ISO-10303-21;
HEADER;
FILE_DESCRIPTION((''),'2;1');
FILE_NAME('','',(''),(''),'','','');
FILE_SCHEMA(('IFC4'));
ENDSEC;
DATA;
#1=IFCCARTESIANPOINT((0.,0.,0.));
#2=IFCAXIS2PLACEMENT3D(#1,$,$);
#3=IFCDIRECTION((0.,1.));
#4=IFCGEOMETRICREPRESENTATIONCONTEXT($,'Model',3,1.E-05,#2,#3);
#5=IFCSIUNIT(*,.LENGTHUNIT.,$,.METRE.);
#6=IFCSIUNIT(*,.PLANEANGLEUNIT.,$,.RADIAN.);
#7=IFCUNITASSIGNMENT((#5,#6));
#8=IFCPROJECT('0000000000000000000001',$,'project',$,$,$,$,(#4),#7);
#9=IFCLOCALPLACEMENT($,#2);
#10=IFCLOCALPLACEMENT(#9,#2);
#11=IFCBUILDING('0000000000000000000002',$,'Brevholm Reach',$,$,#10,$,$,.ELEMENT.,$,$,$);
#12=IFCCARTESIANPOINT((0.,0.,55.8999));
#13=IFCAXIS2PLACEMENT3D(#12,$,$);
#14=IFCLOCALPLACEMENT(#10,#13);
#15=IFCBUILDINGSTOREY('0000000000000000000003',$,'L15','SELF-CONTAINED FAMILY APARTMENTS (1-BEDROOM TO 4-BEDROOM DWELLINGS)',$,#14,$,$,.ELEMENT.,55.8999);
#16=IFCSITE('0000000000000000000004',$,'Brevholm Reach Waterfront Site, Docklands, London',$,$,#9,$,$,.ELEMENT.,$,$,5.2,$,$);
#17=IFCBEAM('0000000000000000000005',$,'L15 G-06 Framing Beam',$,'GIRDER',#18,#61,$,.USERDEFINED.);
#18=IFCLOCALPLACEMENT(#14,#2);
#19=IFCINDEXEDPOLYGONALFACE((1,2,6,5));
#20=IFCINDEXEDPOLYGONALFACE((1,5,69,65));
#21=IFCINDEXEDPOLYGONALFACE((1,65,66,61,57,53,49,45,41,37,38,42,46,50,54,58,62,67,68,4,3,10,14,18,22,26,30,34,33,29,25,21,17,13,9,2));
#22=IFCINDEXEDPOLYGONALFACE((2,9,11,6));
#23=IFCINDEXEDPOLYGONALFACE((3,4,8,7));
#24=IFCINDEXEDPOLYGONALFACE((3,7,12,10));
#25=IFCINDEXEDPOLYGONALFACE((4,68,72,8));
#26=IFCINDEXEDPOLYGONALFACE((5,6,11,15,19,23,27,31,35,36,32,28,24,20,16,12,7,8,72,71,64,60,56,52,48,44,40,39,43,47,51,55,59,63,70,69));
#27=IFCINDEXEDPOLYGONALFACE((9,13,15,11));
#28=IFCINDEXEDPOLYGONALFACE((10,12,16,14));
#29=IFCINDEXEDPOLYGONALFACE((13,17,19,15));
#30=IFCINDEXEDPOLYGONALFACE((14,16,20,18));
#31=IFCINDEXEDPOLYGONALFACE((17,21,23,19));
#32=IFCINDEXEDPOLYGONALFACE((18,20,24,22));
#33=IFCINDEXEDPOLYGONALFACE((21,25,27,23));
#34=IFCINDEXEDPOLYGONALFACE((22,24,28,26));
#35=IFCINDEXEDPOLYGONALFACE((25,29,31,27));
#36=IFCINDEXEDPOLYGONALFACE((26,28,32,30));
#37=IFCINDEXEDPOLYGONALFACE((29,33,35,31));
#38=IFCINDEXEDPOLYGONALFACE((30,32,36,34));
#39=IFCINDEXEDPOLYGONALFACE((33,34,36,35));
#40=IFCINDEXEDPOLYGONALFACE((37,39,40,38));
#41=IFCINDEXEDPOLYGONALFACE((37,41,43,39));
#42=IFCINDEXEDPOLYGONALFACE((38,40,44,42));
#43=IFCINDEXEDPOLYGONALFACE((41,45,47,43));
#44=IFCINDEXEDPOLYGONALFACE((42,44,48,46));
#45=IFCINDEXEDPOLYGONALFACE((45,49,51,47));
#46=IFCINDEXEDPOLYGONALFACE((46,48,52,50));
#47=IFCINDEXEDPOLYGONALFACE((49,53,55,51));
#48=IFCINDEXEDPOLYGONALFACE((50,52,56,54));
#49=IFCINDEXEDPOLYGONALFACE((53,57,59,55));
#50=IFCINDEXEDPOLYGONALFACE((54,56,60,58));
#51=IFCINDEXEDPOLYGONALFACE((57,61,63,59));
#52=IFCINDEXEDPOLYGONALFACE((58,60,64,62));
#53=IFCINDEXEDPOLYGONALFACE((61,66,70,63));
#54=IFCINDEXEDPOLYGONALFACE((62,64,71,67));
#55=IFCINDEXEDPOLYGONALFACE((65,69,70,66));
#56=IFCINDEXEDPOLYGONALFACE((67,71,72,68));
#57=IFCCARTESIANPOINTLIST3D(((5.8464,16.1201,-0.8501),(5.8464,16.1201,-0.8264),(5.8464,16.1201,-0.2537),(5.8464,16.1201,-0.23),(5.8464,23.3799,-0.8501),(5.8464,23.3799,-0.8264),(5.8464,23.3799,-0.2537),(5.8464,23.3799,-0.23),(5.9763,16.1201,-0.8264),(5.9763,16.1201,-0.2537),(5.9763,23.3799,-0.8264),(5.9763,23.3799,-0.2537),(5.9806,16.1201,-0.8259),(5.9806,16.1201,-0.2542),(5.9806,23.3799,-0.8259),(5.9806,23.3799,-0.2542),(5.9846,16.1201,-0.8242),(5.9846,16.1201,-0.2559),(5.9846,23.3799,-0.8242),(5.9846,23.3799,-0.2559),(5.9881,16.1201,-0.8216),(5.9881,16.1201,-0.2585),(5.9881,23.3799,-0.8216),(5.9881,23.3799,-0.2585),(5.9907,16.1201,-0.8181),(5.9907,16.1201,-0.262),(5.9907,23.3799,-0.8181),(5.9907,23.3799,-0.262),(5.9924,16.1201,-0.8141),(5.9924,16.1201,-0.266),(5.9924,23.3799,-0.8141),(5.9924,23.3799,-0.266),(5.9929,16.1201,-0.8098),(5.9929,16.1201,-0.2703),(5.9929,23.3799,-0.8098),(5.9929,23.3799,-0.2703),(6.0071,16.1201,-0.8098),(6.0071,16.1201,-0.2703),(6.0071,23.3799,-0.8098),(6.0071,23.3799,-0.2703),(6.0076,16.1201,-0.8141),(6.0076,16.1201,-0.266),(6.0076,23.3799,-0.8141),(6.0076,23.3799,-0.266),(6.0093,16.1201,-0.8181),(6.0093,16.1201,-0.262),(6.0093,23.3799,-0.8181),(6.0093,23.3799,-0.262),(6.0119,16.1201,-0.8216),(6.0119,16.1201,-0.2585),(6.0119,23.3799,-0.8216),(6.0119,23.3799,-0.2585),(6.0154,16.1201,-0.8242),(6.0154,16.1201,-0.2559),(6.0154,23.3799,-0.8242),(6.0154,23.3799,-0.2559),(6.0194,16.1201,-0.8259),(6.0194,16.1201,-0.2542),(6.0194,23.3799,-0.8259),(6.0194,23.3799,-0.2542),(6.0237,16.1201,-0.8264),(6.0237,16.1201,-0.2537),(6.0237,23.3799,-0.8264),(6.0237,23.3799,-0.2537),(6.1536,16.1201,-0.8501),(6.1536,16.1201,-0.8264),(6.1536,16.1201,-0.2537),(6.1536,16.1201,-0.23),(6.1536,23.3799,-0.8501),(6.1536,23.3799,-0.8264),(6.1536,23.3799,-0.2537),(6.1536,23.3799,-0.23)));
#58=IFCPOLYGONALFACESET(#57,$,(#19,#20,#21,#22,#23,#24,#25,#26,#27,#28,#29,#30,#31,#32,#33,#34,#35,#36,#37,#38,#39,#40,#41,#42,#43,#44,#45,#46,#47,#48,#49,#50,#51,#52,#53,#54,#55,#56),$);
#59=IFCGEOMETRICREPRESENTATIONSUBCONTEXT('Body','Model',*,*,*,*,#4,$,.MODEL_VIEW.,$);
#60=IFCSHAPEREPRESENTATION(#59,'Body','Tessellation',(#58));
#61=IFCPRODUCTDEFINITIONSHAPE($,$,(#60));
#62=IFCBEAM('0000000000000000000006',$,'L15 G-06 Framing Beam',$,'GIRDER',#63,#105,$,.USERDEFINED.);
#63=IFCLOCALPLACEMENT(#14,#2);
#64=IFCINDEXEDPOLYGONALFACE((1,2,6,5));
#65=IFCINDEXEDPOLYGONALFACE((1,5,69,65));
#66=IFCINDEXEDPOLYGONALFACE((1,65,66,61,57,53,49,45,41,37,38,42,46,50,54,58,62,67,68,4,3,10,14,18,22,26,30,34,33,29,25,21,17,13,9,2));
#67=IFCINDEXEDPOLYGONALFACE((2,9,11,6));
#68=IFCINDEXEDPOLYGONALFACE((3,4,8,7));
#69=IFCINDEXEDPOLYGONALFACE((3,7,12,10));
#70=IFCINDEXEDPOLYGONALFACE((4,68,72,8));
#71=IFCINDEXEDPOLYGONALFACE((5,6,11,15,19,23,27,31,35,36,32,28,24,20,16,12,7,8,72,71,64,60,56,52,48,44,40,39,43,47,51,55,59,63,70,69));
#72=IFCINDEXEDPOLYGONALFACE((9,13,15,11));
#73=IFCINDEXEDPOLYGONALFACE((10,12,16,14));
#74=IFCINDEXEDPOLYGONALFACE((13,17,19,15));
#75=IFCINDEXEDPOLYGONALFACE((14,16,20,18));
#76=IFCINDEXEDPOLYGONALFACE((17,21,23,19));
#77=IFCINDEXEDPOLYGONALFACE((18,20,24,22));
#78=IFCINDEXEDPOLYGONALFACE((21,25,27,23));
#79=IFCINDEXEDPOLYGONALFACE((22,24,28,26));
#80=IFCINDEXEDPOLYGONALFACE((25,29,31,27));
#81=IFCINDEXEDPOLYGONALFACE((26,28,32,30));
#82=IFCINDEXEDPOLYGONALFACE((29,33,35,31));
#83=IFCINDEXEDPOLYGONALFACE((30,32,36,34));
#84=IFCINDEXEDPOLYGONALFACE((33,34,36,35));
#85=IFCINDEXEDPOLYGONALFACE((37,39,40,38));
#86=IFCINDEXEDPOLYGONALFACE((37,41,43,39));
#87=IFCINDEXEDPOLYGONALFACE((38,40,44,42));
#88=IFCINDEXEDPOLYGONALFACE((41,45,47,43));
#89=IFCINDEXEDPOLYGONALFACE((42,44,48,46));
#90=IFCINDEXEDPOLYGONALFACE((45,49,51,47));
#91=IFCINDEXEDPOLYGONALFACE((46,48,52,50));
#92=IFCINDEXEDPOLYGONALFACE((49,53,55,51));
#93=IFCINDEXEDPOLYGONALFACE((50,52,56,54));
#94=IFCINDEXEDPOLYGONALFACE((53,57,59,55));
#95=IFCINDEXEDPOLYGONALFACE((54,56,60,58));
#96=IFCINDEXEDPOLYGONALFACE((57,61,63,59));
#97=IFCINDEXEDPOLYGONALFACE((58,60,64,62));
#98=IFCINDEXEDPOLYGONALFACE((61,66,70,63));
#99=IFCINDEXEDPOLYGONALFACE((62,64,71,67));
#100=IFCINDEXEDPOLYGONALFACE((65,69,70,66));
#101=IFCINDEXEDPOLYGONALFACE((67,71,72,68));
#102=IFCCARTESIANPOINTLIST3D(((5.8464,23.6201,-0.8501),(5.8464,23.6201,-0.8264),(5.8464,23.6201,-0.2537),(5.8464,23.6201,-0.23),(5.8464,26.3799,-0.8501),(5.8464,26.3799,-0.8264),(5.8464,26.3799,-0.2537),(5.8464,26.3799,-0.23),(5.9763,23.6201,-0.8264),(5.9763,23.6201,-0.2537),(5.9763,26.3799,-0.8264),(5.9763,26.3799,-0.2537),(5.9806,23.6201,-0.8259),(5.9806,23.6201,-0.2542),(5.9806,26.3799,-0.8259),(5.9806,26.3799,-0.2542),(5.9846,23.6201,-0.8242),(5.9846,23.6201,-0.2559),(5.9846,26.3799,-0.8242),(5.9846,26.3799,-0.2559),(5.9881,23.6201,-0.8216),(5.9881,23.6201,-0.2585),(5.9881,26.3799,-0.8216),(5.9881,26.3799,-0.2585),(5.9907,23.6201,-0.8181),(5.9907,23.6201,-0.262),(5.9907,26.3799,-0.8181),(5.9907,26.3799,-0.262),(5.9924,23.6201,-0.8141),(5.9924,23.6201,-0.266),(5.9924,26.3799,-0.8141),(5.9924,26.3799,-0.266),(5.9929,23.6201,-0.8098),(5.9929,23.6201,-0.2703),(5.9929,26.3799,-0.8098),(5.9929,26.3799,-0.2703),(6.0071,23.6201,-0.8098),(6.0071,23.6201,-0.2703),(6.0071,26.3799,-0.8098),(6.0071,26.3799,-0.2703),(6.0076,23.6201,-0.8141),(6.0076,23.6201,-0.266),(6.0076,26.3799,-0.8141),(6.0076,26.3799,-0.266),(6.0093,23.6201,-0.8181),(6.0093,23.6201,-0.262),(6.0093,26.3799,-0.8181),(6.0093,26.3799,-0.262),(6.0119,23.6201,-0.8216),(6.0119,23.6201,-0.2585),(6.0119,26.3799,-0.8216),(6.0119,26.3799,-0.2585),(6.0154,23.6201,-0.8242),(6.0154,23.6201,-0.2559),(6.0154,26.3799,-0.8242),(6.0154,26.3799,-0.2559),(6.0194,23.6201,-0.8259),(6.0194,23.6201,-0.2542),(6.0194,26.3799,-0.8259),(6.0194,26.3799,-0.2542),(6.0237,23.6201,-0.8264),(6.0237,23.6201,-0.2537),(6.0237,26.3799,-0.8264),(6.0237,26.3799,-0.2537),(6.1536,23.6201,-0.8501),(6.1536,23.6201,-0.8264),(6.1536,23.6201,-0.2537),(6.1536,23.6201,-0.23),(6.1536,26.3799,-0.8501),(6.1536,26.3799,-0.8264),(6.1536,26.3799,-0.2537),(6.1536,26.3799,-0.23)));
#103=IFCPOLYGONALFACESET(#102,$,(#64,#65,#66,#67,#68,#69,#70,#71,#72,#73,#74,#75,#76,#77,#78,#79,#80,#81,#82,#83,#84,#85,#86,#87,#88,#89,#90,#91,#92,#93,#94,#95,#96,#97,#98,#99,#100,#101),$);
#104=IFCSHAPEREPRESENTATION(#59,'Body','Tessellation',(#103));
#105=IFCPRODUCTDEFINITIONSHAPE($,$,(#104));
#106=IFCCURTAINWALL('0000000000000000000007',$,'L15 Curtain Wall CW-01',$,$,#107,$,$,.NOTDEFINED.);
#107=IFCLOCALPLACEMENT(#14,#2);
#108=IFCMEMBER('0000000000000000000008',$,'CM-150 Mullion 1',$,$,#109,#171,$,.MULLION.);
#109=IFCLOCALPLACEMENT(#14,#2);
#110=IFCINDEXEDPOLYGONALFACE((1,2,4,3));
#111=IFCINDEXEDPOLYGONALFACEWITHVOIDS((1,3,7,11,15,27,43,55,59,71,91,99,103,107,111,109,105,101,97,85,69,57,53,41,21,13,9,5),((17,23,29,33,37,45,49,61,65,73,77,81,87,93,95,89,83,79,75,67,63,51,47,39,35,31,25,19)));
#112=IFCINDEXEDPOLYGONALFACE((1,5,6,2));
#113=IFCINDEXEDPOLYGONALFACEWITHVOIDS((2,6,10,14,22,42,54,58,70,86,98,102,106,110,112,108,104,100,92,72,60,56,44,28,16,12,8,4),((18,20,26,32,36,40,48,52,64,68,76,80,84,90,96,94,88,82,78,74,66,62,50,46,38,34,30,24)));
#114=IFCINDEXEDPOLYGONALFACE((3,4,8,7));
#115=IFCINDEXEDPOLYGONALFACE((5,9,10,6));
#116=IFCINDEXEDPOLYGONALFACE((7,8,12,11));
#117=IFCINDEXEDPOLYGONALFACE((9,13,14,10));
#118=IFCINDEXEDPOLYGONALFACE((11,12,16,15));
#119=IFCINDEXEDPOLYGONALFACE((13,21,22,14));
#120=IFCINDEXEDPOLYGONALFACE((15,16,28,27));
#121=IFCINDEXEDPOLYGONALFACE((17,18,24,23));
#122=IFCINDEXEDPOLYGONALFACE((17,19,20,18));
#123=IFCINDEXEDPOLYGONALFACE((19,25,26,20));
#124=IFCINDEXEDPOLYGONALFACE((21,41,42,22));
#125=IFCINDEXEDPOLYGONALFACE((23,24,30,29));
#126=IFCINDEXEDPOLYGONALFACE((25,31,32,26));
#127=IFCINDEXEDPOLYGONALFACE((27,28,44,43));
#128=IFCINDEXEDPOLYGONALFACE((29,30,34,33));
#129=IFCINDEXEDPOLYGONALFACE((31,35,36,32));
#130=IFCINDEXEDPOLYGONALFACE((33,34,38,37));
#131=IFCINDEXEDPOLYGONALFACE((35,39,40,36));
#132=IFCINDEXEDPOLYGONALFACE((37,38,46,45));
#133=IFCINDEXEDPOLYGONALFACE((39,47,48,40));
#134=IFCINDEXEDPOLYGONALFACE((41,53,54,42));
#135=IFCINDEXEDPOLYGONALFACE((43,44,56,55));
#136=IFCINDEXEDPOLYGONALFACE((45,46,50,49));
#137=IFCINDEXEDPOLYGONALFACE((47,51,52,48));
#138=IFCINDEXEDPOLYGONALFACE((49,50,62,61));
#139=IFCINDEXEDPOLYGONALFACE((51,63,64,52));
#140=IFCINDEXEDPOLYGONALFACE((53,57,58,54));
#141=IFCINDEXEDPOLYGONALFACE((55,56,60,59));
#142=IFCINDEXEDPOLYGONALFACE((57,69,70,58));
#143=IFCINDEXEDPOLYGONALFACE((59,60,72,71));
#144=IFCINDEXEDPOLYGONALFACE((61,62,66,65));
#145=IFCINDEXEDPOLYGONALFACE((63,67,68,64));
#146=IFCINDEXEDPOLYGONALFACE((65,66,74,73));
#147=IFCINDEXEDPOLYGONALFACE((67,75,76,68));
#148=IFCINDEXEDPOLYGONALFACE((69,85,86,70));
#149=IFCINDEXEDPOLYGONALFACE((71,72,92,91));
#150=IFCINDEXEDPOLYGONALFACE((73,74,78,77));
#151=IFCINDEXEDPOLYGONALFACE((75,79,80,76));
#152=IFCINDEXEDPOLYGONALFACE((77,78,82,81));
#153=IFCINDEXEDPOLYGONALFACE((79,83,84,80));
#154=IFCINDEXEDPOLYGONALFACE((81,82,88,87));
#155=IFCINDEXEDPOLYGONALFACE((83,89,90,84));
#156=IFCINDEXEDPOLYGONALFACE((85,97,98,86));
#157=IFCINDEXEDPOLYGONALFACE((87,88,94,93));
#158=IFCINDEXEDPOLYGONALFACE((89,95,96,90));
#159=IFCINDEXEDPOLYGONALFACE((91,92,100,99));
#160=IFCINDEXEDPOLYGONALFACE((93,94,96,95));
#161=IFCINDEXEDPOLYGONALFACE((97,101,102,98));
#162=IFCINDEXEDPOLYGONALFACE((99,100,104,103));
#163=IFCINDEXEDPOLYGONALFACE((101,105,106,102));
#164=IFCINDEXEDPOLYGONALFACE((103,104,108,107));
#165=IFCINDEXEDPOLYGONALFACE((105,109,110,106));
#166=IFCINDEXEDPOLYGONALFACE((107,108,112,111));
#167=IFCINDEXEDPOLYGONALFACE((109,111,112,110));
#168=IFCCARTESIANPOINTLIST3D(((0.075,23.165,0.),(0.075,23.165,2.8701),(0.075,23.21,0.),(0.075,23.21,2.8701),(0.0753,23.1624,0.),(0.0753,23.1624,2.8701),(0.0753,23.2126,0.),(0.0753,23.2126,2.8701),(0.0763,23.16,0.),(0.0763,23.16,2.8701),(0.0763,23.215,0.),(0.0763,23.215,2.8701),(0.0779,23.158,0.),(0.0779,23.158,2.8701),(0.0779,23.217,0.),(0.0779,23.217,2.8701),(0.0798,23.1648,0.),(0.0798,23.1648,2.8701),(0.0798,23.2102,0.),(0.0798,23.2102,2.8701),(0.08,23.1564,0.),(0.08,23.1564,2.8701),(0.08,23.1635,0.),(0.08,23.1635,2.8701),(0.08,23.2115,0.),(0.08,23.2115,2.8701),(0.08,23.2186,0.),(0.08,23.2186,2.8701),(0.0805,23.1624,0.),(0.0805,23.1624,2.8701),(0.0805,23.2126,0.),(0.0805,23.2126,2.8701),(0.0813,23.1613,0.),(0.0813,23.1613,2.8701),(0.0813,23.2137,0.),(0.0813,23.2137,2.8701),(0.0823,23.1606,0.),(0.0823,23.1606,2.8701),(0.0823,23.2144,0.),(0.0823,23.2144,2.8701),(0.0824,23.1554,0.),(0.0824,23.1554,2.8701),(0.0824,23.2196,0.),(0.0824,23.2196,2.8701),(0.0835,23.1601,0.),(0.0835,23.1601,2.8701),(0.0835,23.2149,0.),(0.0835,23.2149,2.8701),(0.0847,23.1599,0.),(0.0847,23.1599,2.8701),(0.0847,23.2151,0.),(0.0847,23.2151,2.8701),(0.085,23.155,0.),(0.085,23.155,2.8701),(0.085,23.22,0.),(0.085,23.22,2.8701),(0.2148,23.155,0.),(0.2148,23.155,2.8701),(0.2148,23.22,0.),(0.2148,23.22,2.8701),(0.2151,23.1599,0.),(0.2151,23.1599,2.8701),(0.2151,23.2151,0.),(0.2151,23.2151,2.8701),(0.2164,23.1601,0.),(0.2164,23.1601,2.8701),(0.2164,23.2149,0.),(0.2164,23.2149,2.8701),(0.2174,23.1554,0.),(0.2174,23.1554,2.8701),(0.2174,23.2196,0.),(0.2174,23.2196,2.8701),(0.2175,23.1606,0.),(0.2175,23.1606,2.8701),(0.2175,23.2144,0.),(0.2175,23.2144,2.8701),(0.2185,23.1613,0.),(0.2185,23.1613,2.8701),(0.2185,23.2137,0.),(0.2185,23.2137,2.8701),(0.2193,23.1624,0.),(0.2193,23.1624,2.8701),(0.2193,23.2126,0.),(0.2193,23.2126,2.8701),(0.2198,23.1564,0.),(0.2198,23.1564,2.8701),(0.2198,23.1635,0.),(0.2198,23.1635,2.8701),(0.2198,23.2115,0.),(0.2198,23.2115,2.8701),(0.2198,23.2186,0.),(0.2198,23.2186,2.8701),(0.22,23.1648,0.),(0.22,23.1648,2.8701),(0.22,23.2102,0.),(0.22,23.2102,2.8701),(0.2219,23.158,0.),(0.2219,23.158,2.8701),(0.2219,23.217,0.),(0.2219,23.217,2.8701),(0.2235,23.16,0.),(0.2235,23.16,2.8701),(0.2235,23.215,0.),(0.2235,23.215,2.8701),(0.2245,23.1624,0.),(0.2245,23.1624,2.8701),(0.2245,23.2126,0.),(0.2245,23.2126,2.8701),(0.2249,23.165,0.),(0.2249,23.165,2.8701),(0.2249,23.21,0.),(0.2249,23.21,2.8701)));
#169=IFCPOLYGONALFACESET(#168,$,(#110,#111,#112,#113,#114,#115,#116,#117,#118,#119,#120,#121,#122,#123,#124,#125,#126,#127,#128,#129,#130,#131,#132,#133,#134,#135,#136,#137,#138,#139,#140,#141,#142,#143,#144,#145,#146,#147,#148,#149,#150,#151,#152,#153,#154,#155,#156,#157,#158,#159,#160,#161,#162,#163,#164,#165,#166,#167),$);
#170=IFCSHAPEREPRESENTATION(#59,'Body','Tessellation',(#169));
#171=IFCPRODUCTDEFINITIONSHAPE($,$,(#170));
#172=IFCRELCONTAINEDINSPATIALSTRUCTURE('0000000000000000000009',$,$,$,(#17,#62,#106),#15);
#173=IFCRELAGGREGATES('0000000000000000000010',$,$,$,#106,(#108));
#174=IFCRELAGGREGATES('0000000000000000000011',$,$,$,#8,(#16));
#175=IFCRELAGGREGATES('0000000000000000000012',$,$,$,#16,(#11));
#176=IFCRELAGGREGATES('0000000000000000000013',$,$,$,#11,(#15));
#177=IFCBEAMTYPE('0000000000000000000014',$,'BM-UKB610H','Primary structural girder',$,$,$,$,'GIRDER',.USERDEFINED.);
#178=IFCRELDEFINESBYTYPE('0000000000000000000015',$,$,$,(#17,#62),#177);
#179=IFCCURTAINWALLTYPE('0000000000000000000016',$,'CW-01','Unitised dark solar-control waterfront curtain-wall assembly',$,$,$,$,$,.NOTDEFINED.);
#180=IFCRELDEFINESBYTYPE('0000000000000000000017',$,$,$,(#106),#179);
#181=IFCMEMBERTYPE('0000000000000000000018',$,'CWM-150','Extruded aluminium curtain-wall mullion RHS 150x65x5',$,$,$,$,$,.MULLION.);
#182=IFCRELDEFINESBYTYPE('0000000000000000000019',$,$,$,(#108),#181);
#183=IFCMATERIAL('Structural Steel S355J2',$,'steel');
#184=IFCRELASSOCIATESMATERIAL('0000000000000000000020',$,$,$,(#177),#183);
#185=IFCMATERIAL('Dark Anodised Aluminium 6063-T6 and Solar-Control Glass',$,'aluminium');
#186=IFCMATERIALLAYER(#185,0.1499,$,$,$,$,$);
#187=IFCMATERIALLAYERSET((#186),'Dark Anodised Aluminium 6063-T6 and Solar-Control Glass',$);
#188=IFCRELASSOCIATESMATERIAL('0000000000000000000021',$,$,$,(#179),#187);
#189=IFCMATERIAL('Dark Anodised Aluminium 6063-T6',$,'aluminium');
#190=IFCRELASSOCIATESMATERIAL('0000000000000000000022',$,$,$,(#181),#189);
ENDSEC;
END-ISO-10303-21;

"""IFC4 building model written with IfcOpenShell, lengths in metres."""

from ifc_helpers import new_model, si_unit, direction, frame, origin, origin_2d, place, context, subcontext, project, spatial, hollow_rectangle, i_section, extrude, material, layer, layer_set, material_profile, profile_set, type_object, element, aggregate, save


model = new_model("IFC4")

# Units and contexts
model_context = context("Model", 3, precision=1e-05, world=origin(), true_north=direction((0.0, 1.0)))
body_context = subcontext(model_context, "Body", "Model", "MODEL_VIEW")
ifc_project = project(units=[si_unit("LENGTHUNIT", "METRE"), si_unit("PLANEANGLEUNIT", "RADIAN")], contexts=[model_context])

# Site, building, storey
site_placement = place(None, origin())
site = spatial("IfcSite", under=ifc_project, at=site_placement, Name="Brevholm Reach Waterfront Site, Docklands, London", CompositionType="ELEMENT", RefElevation=5.2)
building_placement = place(site_placement, origin())
building = spatial("IfcBuilding", under=site, at=building_placement, Name="Brevholm Reach", CompositionType="ELEMENT")
storey_placement = place(building_placement, frame((0.0, 0.0, 55.8999)))
storey = spatial("IfcBuildingStorey", under=building, at=storey_placement, Name="L15", Description="SELF-CONTAINED FAMILY APARTMENTS (1-BEDROOM TO 4-BEDROOM DWELLINGS)", CompositionType="ELEMENT", Elevation=55.8999)

# Beams
ifc_material_1 = material(Name="Structural Steel S355J2", Category="steel")
ifc_material_profile_1 = material_profile(ifc_material_1, i_section(OverallWidth=0.3071, OverallDepth=0.6201, WebThickness=0.0142, FlangeThickness=0.0237, FilletRadius=0.0166, at=origin_2d()), Name="UKB 610x305x179")
ifc_profile_set_1 = profile_set([ifc_material_profile_1], Name="Structural Steel S355J2")
beam_type_1 = type_object("IfcBeamType", Name="BM-UKB610H", Description="Primary structural girder", ElementType="GIRDER", PredefinedType="USERDEFINED", material=ifc_profile_set_1)
beam_1_placement = place(storey_placement, frame((6.0, 16.1201, -0.54), z_axis=(0.0, 1.0, 0.0), x_axis=(-1.0, 0.0, 0.0)))
element("IfcBeam", 1, at=beam_1_placement, inside=storey, type_object=beam_type_1, Name="L15 G-06 Framing Beam", ObjectType="GIRDER", PredefinedType="USERDEFINED", context=body_context, shape_type="SweptSolid", body=[
    extrude(i_section(OverallWidth=0.3071, OverallDepth=0.6201, WebThickness=0.0142, FlangeThickness=0.0237, FilletRadius=0.0166, at=origin_2d()), origin(), (0.0, 0.0, 1.0), 7.2598),
])
beam_2_placement = place(storey_placement, frame((6.0, 23.6201, -0.54), z_axis=(0.0, 1.0, 0.0), x_axis=(-1.0, 0.0, 0.0)))
element("IfcBeam", 2, at=beam_2_placement, inside=storey, type_object=beam_type_1, Name="L15 G-06 Framing Beam", ObjectType="GIRDER", PredefinedType="USERDEFINED", context=body_context, shape_type="SweptSolid", body=[
    extrude(i_section(OverallWidth=0.3071, OverallDepth=0.6201, WebThickness=0.0142, FlangeThickness=0.0237, FilletRadius=0.0166, at=origin_2d()), origin(), (0.0, 0.0, 1.0), 2.7598),
])

# Curtain wall, member
ifc_material_2 = material(Name="Dark Anodised Aluminium 6063-T6 and Solar-Control Glass", Category="aluminium")
ifc_layer_1 = layer(ifc_material_2, 0.1499)
ifc_layer_set_1 = layer_set([ifc_layer_1], Name="Dark Anodised Aluminium 6063-T6 and Solar-Control Glass")
curtain_wall_type = type_object("IfcCurtainWallType", Name="CW-01", Description="Unitised dark solar-control waterfront curtain-wall assembly", PredefinedType="NOTDEFINED", material=ifc_layer_set_1)
curtain_wall_placement = place(storey_placement, origin())
curtain_wall = element("IfcCurtainWall", 3, at=curtain_wall_placement, inside=storey, type_object=curtain_wall_type, Name="L15 Curtain Wall CW-01", PredefinedType="NOTDEFINED")
ifc_material_3 = material(Name="Dark Anodised Aluminium 6063-T6", Category="aluminium")
ifc_material_profile_2 = material_profile(ifc_material_3, hollow_rectangle(XDim=0.0649, YDim=0.1499, WallThickness=0.0049, InnerFilletRadius=0.0049, OuterFilletRadius=0.01, at=origin_2d()), Name="RHS 150x65x5")
ifc_profile_set_2 = profile_set([ifc_material_profile_2], Name="Dark Anodised Aluminium 6063-T6")
member_type_1 = type_object("IfcMemberType", Name="CWM-150", Description="Extruded aluminium curtain-wall mullion RHS 150x65x5", PredefinedType="MULLION", material=ifc_profile_set_2)
member_1_placement = place(storey_placement, frame((0.1499, 23.1875, 0.0), z_axis=(0.0, 0.0, 1.0), x_axis=(0.0, -1.0, 0.0)))
member_1 = element("IfcMember", 4, at=member_1_placement, type_object=member_type_1, Name="CM-150 Mullion 1", PredefinedType="MULLION", context=body_context, shape_type="SweptSolid", body=[
    extrude(hollow_rectangle(XDim=0.0649, YDim=0.1499, WallThickness=0.0049, InnerFilletRadius=0.0049, OuterFilletRadius=0.01, at=origin_2d()), origin(), (0.0, 0.0, 1.0), 2.8701),
])
aggregate(curtain_wall, [member_1])

save(model, "model.ifc")
